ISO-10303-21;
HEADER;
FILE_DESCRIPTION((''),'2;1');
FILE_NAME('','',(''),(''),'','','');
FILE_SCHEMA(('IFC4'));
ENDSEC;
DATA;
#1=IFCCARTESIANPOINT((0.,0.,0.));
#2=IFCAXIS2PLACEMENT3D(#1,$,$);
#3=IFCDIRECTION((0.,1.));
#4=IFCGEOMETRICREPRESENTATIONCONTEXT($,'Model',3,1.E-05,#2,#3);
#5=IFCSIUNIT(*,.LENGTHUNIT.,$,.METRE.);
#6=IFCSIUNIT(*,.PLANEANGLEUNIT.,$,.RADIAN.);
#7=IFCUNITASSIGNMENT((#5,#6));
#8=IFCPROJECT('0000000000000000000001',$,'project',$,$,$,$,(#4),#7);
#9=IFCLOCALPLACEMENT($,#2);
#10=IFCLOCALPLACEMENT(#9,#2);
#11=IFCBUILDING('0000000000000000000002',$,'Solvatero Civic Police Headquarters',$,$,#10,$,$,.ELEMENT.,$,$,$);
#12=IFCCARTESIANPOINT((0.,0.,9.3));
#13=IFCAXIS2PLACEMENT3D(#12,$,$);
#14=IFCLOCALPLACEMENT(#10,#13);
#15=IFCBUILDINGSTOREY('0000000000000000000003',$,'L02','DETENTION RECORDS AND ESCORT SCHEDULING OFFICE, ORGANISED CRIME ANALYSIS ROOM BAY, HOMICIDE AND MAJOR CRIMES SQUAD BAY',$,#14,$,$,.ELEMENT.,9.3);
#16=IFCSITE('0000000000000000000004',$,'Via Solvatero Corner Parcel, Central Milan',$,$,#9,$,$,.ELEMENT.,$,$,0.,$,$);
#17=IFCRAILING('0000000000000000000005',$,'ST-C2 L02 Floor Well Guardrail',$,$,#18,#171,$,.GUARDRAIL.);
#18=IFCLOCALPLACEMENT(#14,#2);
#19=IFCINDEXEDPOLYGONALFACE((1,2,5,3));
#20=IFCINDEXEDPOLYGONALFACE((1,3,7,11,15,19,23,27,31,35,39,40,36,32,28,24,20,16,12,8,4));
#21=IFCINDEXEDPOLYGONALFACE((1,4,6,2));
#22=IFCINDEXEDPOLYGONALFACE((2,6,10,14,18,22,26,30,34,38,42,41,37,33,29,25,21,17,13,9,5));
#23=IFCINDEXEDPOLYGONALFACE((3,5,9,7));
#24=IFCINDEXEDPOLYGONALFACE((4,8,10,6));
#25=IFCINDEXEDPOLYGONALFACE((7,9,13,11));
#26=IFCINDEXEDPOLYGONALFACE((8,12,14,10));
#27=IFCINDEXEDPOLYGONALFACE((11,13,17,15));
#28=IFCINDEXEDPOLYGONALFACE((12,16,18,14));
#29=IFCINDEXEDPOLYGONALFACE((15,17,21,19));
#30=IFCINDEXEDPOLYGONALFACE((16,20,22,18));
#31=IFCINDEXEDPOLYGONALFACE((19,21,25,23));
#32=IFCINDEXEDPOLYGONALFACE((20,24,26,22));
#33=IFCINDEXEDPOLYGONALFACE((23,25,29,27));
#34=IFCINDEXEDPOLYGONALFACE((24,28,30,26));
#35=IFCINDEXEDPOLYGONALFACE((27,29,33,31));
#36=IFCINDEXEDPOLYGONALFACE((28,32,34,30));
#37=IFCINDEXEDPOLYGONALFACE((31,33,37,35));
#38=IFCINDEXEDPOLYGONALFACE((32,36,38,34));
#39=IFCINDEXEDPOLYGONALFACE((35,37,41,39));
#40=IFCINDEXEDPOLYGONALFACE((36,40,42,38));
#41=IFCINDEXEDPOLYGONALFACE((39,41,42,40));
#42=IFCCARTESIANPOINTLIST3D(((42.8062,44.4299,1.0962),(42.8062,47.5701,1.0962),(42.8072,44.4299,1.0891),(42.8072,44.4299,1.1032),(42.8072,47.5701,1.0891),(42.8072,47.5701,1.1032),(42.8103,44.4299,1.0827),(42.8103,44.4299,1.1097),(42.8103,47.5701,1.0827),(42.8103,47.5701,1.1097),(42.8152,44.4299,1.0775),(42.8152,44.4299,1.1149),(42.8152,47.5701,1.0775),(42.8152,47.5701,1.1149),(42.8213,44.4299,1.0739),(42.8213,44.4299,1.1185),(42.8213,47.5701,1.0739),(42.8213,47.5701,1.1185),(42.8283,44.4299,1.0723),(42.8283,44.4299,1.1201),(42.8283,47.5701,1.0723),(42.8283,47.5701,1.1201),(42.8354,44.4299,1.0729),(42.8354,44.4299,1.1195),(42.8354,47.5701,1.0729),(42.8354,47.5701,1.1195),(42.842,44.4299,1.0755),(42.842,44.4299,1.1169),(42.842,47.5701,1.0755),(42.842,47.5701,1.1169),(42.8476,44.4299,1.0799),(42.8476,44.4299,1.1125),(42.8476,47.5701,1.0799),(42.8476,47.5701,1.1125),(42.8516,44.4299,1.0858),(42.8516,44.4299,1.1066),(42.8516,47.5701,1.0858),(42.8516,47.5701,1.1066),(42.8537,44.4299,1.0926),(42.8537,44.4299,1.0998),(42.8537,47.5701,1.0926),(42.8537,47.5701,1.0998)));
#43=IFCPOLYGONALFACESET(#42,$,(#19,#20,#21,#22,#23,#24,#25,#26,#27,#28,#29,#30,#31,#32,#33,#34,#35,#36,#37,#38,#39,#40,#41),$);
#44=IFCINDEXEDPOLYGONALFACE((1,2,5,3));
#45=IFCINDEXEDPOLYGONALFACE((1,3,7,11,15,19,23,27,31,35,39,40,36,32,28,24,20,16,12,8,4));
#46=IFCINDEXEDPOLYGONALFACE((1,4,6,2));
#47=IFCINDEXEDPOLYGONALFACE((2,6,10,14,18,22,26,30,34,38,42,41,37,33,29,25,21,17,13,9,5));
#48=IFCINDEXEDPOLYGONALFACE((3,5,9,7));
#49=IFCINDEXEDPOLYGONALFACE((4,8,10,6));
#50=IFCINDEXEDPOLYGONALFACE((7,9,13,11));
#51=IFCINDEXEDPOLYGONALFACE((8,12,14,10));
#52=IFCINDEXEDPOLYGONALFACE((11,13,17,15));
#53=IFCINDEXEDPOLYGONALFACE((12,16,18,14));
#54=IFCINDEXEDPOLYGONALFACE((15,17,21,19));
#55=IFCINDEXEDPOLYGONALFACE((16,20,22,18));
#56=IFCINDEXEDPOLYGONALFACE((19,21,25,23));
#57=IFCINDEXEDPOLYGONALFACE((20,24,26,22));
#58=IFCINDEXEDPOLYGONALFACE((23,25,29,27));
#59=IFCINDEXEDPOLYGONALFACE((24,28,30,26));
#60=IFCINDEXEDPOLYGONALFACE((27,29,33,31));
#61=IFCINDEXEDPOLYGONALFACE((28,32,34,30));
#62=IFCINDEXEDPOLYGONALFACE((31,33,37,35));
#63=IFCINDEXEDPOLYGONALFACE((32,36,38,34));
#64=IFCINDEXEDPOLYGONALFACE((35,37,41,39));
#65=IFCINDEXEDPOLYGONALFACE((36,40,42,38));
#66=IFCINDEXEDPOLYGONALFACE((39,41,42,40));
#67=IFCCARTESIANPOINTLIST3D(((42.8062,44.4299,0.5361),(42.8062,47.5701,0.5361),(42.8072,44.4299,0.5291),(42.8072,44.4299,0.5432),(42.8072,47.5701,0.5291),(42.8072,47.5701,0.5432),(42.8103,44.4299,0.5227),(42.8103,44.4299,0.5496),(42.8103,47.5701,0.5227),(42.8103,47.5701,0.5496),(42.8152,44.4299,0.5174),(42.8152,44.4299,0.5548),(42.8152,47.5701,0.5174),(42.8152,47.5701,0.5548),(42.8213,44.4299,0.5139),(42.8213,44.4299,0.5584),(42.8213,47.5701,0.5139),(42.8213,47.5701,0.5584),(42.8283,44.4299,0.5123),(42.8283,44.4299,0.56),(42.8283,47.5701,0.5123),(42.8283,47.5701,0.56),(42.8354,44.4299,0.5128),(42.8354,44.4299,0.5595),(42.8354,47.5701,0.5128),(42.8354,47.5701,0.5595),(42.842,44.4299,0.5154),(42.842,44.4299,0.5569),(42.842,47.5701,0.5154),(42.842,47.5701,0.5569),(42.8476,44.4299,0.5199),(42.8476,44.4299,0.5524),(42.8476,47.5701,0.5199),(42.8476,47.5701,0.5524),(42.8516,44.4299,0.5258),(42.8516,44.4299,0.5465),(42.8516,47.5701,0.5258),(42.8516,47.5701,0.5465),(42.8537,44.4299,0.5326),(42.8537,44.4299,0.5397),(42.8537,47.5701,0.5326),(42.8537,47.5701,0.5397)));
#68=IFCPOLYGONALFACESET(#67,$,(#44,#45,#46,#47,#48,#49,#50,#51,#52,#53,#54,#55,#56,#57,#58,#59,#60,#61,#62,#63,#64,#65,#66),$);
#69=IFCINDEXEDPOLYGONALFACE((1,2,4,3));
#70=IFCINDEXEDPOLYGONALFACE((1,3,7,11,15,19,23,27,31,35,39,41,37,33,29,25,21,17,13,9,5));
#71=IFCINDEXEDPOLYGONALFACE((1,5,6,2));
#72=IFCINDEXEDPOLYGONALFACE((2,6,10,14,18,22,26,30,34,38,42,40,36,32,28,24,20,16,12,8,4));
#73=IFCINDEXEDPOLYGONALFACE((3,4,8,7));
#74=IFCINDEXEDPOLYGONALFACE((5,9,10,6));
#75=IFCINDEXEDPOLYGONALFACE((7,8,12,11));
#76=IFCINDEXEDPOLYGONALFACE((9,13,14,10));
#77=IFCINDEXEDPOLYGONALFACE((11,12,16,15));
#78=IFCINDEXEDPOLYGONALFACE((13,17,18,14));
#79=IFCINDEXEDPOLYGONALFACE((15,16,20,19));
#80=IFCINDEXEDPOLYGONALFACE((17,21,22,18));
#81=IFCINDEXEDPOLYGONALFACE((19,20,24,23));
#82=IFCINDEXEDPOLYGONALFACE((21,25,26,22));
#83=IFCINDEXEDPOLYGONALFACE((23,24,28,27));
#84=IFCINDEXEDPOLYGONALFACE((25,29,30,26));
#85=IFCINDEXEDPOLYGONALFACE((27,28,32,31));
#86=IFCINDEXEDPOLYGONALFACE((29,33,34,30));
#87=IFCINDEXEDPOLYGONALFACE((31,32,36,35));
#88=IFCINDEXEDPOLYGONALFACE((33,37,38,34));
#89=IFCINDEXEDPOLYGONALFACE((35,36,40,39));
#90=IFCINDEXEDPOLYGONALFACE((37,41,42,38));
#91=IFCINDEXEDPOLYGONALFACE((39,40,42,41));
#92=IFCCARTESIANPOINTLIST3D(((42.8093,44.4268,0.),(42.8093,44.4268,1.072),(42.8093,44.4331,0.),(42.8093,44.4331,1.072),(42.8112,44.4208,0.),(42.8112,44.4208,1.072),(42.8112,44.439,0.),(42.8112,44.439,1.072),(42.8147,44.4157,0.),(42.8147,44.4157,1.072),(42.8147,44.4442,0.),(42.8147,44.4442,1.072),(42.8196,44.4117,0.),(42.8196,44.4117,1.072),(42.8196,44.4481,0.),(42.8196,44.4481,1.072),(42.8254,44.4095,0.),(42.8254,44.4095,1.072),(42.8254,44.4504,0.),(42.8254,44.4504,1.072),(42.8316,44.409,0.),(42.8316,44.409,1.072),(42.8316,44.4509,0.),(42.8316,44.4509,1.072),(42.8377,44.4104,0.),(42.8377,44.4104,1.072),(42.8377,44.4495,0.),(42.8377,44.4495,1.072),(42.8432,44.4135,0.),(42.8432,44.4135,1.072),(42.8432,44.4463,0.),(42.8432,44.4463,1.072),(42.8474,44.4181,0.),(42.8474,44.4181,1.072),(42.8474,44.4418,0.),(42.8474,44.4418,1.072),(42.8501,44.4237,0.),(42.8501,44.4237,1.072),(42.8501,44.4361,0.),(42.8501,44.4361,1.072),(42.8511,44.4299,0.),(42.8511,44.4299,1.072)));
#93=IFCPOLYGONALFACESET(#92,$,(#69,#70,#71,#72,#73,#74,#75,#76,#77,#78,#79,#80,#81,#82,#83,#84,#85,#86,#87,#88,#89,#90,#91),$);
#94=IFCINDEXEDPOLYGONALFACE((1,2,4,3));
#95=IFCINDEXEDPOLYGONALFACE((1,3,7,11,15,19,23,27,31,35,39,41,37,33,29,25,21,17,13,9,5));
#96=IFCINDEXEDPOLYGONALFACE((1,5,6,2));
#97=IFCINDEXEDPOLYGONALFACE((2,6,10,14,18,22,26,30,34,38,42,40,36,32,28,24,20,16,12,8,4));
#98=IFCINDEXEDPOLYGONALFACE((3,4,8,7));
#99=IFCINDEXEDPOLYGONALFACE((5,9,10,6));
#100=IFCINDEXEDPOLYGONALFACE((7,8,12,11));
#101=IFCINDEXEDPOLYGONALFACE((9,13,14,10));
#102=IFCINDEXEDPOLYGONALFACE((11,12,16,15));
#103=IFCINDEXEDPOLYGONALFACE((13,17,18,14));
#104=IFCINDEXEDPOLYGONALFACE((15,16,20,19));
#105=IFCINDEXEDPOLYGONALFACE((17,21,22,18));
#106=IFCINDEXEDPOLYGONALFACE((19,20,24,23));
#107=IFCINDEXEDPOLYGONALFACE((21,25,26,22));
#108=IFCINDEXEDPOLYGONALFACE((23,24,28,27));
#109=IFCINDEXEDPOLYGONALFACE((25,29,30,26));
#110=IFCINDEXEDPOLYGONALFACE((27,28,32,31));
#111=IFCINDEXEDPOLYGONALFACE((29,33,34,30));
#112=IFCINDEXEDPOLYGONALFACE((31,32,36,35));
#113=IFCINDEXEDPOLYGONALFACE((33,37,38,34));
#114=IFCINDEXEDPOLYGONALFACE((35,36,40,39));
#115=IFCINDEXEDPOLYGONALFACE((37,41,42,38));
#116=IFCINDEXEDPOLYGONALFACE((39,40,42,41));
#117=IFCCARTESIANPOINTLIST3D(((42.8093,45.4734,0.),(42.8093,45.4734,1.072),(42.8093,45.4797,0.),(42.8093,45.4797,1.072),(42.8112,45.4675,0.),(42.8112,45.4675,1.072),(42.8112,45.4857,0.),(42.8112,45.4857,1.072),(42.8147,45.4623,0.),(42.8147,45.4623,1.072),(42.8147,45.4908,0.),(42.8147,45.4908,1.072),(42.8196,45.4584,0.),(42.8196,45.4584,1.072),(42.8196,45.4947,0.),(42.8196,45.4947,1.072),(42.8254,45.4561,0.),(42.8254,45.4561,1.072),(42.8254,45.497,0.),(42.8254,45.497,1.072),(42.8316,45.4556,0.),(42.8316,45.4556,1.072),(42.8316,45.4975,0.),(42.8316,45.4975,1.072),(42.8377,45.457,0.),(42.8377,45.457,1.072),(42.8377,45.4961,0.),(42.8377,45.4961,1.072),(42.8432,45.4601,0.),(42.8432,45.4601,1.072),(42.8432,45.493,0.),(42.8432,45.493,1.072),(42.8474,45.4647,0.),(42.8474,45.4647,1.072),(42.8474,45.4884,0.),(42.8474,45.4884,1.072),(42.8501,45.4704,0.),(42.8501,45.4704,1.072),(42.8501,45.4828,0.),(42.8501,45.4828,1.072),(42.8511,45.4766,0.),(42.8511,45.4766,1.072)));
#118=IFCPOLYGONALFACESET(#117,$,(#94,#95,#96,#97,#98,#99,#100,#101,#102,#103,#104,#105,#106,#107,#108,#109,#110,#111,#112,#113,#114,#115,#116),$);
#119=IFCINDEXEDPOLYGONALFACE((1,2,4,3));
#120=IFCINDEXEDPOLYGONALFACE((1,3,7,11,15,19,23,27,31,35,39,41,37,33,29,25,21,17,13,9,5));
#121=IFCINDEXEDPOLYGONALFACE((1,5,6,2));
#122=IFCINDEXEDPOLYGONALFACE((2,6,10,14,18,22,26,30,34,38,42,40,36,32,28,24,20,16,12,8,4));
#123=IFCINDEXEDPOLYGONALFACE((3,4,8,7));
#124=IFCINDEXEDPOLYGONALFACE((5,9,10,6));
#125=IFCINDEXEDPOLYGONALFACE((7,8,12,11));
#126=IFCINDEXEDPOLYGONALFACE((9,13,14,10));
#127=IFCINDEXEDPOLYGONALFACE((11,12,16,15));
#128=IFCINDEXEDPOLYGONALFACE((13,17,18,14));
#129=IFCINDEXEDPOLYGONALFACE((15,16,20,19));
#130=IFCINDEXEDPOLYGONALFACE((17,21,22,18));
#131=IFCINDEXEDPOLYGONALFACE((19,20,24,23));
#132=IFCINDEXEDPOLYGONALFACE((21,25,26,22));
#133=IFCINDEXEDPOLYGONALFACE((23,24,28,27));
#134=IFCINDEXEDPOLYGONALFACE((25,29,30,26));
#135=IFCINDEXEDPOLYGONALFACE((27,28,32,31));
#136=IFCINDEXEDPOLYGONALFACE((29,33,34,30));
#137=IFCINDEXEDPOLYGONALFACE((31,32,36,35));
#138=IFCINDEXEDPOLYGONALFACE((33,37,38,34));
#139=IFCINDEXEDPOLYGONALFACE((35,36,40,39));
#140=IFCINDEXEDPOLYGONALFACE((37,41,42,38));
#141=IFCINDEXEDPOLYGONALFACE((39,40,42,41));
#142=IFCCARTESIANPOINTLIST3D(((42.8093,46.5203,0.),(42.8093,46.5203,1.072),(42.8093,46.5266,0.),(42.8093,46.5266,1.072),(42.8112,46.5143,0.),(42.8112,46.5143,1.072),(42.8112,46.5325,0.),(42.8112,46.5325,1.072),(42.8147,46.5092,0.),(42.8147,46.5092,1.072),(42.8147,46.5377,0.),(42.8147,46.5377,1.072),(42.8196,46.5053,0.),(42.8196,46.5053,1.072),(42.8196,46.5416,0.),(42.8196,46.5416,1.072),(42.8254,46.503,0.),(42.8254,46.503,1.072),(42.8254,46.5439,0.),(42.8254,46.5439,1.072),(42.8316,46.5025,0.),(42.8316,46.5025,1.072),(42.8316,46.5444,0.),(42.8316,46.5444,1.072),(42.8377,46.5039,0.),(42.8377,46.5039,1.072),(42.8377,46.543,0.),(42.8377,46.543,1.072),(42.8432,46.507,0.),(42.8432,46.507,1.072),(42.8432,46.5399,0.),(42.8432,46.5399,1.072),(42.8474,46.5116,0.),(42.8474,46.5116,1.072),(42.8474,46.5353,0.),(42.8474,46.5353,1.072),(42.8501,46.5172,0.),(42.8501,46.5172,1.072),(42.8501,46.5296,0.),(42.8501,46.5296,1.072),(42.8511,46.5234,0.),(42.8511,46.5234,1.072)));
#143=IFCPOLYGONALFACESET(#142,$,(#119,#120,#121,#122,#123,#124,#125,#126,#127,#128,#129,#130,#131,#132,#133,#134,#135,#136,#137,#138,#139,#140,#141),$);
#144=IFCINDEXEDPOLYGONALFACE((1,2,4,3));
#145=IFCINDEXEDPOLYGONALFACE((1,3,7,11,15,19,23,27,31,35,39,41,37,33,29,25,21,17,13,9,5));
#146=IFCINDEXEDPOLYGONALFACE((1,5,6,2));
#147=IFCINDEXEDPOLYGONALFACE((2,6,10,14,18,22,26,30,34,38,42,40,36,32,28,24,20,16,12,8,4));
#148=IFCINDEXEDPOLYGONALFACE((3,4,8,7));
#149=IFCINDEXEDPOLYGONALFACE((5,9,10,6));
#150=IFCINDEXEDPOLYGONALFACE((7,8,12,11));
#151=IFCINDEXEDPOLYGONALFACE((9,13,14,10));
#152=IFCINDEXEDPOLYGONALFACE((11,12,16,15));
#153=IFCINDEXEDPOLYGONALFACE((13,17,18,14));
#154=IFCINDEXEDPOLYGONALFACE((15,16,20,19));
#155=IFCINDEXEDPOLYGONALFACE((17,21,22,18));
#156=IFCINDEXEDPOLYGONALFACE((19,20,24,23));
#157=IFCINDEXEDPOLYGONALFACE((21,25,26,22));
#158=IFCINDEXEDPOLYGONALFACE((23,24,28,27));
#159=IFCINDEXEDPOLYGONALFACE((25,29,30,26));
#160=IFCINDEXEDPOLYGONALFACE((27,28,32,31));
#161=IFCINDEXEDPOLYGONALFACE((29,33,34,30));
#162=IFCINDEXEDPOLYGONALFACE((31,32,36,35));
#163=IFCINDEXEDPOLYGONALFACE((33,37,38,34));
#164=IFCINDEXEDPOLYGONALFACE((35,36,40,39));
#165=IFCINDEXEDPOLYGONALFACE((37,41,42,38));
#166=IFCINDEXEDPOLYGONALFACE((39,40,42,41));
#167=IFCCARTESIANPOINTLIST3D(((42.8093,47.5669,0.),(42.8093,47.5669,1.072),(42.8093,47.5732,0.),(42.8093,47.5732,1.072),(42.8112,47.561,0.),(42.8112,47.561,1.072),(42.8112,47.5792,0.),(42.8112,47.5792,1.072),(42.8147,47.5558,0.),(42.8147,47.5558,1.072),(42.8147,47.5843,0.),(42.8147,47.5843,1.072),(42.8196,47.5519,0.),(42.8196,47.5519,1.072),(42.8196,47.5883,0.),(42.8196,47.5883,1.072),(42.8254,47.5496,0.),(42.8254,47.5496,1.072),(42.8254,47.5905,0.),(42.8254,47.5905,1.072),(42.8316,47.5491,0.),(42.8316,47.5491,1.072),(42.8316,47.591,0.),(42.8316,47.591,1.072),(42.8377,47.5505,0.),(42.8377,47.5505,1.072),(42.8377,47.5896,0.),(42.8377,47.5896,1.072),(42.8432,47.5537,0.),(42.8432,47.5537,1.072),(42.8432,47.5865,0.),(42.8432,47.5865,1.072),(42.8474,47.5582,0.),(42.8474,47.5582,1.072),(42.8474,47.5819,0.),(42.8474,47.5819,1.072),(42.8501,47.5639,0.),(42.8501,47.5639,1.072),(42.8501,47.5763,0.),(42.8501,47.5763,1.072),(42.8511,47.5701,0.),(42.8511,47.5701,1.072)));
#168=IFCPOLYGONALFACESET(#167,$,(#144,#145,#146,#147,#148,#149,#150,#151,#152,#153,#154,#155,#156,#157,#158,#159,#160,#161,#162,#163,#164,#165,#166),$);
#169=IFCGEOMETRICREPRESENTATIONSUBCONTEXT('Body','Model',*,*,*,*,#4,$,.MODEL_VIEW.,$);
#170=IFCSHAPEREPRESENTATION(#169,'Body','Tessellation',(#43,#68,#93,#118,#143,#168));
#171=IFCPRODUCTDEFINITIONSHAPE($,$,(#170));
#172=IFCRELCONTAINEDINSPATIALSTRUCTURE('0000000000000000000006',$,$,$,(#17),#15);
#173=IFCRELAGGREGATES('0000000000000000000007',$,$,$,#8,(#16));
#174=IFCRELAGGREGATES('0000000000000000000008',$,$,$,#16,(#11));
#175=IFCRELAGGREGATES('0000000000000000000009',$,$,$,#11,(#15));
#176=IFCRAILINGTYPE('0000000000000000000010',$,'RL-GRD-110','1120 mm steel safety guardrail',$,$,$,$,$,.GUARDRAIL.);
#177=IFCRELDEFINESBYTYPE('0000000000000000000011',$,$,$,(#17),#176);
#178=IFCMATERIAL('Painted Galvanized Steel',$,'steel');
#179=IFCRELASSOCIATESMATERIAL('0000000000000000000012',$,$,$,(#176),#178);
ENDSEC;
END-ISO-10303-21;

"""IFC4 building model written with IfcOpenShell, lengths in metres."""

from ifc_helpers import new_model, si_unit, direction, frame, origin, origin_2d, place, context, subcontext, project, spatial, circle, extrude, material, type_object, element, save


model = new_model("IFC4")

# Units and contexts
model_context = context("Model", 3, precision=1e-05, world=origin(), true_north=direction((0.0, 1.0)))
body_context = subcontext(model_context, "Body", "Model", "MODEL_VIEW")
ifc_project = project(units=[si_unit("LENGTHUNIT", "METRE"), si_unit("PLANEANGLEUNIT", "RADIAN")], contexts=[model_context])

# Site, building, storey
site_placement = place(None, origin())
site = spatial("IfcSite", under=ifc_project, at=site_placement, Name="Via Solvatero Corner Parcel, Central Milan", CompositionType="ELEMENT", RefElevation=0.0)
building_placement = place(site_placement, origin())
building = spatial("IfcBuilding", under=site, at=building_placement, Name="Solvatero Civic Police Headquarters", CompositionType="ELEMENT")
storey_placement = place(building_placement, frame((0.0, 0.0, 9.3)))
storey = spatial("IfcBuildingStorey", under=building, at=storey_placement, Name="L02", Description="DETENTION RECORDS AND ESCORT SCHEDULING OFFICE, ORGANISED CRIME ANALYSIS ROOM BAY, HOMICIDE AND MAJOR CRIMES SQUAD BAY", CompositionType="ELEMENT", Elevation=9.3)

# Railing
ifc_material_1 = material(Name="Painted Galvanized Steel", Category="steel")
railing_type_1 = type_object("IfcRailingType", Name="RL-GRD-110", Description="1120 mm steel safety guardrail", PredefinedType="GUARDRAIL", material=ifc_material_1)
railing_1_placement = place(storey_placement, frame((42.8301, 44.4299, 0.0)))
element("IfcRailing", 1, at=railing_1_placement, inside=storey, type_object=railing_type_1, Name="ST-C2 L02 Floor Well Guardrail", PredefinedType="GUARDRAIL", context=body_context, shape_type="SweptSolid", body=[
    extrude(circle(Radius=0.0239, at=origin_2d()), frame((0.0, 0.0, 1.0962), z_axis=(0.0, 1.0, 0.0), x_axis=(-1.0, 0.0, 0.0)), (0.0, 0.0, 1.0), 3.1401),
    extrude(circle(Radius=0.0239, at=origin_2d()), frame((0.0, 0.0, 0.5361), z_axis=(0.0, 1.0, 0.0), x_axis=(-1.0, 0.0, 0.0)), (0.0, 0.0, 1.0), 3.1401),
    extrude(circle(Radius=0.021, at=origin_2d()), origin(), (0.0, 0.0, 1.0), 1.072),
    extrude(circle(Radius=0.021, at=origin_2d()), frame((0.0, 1.0466, 0.0)), (0.0, 0.0, 1.0), 1.072),
    extrude(circle(Radius=0.021, at=origin_2d()), frame((0.0, 2.0935, 0.0)), (0.0, 0.0, 1.0), 1.072),
    extrude(circle(Radius=0.021, at=origin_2d()), frame((0.0, 3.1401, 0.0)), (0.0, 0.0, 1.0), 1.072),
])

save(model, "model.ifc")
